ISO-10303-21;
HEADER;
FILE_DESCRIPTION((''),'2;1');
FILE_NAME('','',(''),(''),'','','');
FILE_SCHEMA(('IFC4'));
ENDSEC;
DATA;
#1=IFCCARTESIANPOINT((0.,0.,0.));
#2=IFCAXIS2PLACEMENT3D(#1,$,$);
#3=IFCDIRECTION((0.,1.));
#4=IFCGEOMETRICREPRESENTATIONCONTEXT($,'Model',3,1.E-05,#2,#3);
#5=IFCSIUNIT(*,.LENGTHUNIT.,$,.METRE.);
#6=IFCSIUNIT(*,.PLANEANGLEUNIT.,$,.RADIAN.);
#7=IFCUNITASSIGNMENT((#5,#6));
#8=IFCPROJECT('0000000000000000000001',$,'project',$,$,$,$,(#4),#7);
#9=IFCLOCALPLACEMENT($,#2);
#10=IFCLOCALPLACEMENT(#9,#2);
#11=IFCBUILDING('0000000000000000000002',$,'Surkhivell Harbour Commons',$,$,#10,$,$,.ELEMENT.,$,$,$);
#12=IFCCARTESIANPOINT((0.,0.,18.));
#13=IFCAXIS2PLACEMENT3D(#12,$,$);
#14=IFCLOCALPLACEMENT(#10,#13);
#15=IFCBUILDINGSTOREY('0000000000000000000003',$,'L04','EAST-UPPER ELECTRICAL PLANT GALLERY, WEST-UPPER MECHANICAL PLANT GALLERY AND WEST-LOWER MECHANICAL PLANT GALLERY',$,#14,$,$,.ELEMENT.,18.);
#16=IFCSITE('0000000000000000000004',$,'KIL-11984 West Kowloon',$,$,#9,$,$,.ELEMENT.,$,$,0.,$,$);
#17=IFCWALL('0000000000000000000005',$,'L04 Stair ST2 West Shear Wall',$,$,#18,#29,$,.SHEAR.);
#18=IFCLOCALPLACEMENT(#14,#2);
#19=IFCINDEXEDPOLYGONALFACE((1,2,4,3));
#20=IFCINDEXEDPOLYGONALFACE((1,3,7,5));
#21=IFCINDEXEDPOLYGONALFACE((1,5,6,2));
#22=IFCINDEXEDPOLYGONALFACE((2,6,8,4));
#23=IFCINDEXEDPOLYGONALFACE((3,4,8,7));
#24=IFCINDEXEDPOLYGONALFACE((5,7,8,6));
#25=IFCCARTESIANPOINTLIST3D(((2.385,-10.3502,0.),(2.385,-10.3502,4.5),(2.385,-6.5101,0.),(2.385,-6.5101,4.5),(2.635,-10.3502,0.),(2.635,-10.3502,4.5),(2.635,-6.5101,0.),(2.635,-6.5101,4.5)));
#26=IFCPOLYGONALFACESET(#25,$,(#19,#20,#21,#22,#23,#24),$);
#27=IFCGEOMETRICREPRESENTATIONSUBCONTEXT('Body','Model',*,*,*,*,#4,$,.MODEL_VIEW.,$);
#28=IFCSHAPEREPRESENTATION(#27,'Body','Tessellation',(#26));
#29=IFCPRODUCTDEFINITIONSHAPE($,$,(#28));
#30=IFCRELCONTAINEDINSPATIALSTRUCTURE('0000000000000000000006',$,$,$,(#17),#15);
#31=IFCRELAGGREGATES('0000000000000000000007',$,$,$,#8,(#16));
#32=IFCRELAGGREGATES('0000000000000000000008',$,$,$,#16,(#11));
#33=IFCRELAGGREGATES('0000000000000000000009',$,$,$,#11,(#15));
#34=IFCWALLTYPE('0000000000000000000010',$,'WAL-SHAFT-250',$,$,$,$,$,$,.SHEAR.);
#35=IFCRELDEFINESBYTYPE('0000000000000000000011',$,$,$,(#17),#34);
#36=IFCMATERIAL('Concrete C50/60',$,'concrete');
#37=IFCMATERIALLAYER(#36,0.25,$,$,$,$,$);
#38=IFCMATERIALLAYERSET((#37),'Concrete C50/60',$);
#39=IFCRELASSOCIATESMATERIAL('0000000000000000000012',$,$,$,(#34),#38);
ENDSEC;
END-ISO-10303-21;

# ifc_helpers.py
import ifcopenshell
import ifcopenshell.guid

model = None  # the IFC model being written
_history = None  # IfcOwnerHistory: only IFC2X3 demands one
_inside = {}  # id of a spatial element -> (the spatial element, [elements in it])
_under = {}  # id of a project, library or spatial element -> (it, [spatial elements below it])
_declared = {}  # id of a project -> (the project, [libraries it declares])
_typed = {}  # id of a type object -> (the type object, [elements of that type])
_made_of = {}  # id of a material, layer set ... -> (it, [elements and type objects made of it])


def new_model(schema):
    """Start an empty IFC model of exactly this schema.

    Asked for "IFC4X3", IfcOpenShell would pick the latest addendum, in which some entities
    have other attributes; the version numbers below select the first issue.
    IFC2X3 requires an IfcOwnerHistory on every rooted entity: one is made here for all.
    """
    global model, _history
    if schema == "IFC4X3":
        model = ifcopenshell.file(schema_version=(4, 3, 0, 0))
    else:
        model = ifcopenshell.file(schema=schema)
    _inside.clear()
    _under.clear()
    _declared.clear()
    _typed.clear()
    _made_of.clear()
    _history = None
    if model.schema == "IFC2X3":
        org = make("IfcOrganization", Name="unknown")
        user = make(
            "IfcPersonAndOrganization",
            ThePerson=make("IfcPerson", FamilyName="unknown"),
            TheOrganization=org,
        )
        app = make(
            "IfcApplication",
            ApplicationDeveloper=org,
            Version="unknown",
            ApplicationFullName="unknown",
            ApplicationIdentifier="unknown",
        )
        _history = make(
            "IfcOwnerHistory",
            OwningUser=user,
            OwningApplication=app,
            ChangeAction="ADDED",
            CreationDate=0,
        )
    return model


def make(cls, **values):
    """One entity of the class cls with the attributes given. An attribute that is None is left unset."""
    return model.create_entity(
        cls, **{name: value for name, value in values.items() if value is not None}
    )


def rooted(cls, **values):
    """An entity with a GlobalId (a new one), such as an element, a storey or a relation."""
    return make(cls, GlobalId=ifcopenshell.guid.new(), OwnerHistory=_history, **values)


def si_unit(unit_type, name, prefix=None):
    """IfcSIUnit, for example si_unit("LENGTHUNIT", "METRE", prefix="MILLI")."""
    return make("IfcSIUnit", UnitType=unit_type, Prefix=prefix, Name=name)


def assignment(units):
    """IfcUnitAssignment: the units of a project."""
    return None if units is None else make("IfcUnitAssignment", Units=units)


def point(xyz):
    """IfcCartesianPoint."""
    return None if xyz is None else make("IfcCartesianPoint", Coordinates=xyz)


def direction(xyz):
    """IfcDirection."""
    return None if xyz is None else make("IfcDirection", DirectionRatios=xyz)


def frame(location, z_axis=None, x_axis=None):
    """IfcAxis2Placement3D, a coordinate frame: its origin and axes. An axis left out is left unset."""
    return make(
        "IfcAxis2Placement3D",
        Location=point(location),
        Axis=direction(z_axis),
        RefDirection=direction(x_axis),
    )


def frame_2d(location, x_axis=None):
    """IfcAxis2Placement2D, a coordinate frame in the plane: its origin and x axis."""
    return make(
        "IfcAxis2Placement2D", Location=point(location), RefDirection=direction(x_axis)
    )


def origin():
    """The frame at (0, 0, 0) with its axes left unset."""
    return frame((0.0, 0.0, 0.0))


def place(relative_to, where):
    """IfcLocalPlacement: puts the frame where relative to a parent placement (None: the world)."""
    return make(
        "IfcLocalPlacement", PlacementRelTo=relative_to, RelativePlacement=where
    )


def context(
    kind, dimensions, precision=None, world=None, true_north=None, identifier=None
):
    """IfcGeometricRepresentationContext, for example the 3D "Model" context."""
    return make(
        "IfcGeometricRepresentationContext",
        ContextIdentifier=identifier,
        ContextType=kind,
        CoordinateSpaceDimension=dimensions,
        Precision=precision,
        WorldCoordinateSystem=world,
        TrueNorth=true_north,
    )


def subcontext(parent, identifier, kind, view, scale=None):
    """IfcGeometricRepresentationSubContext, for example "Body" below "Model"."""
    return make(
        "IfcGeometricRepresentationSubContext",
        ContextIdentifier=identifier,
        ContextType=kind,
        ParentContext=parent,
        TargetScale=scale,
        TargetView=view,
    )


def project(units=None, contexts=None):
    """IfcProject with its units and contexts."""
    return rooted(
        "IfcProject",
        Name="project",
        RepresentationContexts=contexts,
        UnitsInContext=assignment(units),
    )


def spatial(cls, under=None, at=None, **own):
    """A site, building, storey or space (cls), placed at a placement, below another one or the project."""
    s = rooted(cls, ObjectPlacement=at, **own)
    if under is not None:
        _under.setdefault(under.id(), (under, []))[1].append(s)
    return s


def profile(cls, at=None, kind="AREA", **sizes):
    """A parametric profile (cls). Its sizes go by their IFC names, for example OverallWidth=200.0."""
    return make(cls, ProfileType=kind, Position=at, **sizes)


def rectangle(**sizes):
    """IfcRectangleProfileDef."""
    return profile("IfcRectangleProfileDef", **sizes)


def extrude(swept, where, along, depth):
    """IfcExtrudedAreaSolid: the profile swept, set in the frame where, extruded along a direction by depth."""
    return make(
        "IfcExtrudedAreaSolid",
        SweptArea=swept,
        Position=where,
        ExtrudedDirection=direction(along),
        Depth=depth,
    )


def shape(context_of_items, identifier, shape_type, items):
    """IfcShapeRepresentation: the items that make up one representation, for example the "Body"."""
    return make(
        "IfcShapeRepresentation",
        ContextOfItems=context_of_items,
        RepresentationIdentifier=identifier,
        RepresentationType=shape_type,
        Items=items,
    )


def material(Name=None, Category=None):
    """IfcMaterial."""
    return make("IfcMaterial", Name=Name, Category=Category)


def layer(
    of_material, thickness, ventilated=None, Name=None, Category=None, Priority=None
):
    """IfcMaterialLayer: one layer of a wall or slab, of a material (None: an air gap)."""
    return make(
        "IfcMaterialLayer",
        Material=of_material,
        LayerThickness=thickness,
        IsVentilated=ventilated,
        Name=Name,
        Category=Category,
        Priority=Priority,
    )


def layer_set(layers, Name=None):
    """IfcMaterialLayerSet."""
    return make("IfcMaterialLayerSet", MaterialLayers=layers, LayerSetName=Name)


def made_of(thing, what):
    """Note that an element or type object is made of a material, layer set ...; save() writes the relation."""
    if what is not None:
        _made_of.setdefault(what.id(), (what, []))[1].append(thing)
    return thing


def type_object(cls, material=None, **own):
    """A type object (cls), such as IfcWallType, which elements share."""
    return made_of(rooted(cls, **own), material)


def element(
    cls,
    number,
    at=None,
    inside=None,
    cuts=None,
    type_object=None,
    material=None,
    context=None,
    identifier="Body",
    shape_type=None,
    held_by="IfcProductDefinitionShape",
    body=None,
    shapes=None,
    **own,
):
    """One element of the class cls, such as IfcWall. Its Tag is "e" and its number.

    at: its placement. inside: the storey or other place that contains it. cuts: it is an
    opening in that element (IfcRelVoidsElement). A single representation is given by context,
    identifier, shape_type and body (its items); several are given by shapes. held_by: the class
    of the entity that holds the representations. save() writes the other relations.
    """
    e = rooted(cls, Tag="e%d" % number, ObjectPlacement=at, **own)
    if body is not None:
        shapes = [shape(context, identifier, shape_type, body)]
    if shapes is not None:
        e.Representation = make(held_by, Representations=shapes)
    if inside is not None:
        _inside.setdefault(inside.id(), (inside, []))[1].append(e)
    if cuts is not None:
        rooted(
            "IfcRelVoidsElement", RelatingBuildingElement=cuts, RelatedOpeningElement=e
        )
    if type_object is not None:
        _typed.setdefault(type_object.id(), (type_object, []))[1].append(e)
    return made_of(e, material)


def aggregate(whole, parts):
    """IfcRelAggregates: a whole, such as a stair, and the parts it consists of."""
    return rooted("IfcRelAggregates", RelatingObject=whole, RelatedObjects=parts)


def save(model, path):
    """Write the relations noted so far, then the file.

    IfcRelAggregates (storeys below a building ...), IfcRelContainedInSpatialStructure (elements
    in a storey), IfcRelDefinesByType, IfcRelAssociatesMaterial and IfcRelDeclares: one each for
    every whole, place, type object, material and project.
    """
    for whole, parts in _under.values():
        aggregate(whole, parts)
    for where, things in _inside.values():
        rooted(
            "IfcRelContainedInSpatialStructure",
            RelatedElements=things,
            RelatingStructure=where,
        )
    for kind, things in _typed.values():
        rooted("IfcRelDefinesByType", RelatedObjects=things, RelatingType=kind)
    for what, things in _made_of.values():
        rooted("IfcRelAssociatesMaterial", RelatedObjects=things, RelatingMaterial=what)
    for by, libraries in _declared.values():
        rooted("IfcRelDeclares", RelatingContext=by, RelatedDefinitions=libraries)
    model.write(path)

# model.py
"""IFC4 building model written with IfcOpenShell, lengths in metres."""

from ifc_helpers import new_model, si_unit, direction, frame, frame_2d, origin, place, context, subcontext, project, spatial, rectangle, extrude, material, layer, layer_set, type_object, element, save


model = new_model("IFC4")

# Units and contexts
model_context = context("Model", 3, precision=1e-05, world=origin(), true_north=direction((0.0, 1.0)))
body_context = subcontext(model_context, "Body", "Model", "MODEL_VIEW")
ifc_project = project(units=[si_unit("LENGTHUNIT", "METRE"), si_unit("PLANEANGLEUNIT", "RADIAN")], contexts=[model_context])

# Site, building, storey
site_placement = place(None, origin())
site = spatial("IfcSite", under=ifc_project, at=site_placement, Name="KIL-11984 West Kowloon", CompositionType="ELEMENT", RefElevation=0.0)
building_placement = place(site_placement, origin())
building = spatial("IfcBuilding", under=site, at=building_placement, Name="Surkhivell Harbour Commons", CompositionType="ELEMENT")
storey_placement = place(building_placement, frame((0.0, 0.0, 18.0)))
storey = spatial("IfcBuildingStorey", under=building, at=storey_placement, Name="L04", Description="EAST-UPPER ELECTRICAL PLANT GALLERY, WEST-UPPER MECHANICAL PLANT GALLERY AND WEST-LOWER MECHANICAL PLANT GALLERY", CompositionType="ELEMENT", Elevation=18.0)

# Wall
ifc_material_1 = material(Name="Concrete C50/60", Category="concrete")
ifc_layer_1 = layer(ifc_material_1, 0.25)
ifc_layer_set_1 = layer_set([ifc_layer_1], Name="Concrete C50/60")
wall_type_1 = type_object("IfcWallType", Name="WAL-SHAFT-250", PredefinedType="SHEAR", material=ifc_layer_set_1)
wall_1_placement = place(storey_placement, frame((2.51, -10.3501, 0.0), z_axis=(0.0, 0.0, 1.0), x_axis=(0.0, 1.0, 0.0)))
element("IfcWall", 1, at=wall_1_placement, inside=storey, type_object=wall_type_1, Name="L04 Stair ST2 West Shear Wall", PredefinedType="SHEAR", context=body_context, shape_type="SweptSolid", body=[
    extrude(rectangle(XDim=3.8401, YDim=0.25, at=frame_2d((1.9199, 0.0))), origin(), (0.0, 0.0, 1.0), 4.5),
])

save(model, "model.ifc")
